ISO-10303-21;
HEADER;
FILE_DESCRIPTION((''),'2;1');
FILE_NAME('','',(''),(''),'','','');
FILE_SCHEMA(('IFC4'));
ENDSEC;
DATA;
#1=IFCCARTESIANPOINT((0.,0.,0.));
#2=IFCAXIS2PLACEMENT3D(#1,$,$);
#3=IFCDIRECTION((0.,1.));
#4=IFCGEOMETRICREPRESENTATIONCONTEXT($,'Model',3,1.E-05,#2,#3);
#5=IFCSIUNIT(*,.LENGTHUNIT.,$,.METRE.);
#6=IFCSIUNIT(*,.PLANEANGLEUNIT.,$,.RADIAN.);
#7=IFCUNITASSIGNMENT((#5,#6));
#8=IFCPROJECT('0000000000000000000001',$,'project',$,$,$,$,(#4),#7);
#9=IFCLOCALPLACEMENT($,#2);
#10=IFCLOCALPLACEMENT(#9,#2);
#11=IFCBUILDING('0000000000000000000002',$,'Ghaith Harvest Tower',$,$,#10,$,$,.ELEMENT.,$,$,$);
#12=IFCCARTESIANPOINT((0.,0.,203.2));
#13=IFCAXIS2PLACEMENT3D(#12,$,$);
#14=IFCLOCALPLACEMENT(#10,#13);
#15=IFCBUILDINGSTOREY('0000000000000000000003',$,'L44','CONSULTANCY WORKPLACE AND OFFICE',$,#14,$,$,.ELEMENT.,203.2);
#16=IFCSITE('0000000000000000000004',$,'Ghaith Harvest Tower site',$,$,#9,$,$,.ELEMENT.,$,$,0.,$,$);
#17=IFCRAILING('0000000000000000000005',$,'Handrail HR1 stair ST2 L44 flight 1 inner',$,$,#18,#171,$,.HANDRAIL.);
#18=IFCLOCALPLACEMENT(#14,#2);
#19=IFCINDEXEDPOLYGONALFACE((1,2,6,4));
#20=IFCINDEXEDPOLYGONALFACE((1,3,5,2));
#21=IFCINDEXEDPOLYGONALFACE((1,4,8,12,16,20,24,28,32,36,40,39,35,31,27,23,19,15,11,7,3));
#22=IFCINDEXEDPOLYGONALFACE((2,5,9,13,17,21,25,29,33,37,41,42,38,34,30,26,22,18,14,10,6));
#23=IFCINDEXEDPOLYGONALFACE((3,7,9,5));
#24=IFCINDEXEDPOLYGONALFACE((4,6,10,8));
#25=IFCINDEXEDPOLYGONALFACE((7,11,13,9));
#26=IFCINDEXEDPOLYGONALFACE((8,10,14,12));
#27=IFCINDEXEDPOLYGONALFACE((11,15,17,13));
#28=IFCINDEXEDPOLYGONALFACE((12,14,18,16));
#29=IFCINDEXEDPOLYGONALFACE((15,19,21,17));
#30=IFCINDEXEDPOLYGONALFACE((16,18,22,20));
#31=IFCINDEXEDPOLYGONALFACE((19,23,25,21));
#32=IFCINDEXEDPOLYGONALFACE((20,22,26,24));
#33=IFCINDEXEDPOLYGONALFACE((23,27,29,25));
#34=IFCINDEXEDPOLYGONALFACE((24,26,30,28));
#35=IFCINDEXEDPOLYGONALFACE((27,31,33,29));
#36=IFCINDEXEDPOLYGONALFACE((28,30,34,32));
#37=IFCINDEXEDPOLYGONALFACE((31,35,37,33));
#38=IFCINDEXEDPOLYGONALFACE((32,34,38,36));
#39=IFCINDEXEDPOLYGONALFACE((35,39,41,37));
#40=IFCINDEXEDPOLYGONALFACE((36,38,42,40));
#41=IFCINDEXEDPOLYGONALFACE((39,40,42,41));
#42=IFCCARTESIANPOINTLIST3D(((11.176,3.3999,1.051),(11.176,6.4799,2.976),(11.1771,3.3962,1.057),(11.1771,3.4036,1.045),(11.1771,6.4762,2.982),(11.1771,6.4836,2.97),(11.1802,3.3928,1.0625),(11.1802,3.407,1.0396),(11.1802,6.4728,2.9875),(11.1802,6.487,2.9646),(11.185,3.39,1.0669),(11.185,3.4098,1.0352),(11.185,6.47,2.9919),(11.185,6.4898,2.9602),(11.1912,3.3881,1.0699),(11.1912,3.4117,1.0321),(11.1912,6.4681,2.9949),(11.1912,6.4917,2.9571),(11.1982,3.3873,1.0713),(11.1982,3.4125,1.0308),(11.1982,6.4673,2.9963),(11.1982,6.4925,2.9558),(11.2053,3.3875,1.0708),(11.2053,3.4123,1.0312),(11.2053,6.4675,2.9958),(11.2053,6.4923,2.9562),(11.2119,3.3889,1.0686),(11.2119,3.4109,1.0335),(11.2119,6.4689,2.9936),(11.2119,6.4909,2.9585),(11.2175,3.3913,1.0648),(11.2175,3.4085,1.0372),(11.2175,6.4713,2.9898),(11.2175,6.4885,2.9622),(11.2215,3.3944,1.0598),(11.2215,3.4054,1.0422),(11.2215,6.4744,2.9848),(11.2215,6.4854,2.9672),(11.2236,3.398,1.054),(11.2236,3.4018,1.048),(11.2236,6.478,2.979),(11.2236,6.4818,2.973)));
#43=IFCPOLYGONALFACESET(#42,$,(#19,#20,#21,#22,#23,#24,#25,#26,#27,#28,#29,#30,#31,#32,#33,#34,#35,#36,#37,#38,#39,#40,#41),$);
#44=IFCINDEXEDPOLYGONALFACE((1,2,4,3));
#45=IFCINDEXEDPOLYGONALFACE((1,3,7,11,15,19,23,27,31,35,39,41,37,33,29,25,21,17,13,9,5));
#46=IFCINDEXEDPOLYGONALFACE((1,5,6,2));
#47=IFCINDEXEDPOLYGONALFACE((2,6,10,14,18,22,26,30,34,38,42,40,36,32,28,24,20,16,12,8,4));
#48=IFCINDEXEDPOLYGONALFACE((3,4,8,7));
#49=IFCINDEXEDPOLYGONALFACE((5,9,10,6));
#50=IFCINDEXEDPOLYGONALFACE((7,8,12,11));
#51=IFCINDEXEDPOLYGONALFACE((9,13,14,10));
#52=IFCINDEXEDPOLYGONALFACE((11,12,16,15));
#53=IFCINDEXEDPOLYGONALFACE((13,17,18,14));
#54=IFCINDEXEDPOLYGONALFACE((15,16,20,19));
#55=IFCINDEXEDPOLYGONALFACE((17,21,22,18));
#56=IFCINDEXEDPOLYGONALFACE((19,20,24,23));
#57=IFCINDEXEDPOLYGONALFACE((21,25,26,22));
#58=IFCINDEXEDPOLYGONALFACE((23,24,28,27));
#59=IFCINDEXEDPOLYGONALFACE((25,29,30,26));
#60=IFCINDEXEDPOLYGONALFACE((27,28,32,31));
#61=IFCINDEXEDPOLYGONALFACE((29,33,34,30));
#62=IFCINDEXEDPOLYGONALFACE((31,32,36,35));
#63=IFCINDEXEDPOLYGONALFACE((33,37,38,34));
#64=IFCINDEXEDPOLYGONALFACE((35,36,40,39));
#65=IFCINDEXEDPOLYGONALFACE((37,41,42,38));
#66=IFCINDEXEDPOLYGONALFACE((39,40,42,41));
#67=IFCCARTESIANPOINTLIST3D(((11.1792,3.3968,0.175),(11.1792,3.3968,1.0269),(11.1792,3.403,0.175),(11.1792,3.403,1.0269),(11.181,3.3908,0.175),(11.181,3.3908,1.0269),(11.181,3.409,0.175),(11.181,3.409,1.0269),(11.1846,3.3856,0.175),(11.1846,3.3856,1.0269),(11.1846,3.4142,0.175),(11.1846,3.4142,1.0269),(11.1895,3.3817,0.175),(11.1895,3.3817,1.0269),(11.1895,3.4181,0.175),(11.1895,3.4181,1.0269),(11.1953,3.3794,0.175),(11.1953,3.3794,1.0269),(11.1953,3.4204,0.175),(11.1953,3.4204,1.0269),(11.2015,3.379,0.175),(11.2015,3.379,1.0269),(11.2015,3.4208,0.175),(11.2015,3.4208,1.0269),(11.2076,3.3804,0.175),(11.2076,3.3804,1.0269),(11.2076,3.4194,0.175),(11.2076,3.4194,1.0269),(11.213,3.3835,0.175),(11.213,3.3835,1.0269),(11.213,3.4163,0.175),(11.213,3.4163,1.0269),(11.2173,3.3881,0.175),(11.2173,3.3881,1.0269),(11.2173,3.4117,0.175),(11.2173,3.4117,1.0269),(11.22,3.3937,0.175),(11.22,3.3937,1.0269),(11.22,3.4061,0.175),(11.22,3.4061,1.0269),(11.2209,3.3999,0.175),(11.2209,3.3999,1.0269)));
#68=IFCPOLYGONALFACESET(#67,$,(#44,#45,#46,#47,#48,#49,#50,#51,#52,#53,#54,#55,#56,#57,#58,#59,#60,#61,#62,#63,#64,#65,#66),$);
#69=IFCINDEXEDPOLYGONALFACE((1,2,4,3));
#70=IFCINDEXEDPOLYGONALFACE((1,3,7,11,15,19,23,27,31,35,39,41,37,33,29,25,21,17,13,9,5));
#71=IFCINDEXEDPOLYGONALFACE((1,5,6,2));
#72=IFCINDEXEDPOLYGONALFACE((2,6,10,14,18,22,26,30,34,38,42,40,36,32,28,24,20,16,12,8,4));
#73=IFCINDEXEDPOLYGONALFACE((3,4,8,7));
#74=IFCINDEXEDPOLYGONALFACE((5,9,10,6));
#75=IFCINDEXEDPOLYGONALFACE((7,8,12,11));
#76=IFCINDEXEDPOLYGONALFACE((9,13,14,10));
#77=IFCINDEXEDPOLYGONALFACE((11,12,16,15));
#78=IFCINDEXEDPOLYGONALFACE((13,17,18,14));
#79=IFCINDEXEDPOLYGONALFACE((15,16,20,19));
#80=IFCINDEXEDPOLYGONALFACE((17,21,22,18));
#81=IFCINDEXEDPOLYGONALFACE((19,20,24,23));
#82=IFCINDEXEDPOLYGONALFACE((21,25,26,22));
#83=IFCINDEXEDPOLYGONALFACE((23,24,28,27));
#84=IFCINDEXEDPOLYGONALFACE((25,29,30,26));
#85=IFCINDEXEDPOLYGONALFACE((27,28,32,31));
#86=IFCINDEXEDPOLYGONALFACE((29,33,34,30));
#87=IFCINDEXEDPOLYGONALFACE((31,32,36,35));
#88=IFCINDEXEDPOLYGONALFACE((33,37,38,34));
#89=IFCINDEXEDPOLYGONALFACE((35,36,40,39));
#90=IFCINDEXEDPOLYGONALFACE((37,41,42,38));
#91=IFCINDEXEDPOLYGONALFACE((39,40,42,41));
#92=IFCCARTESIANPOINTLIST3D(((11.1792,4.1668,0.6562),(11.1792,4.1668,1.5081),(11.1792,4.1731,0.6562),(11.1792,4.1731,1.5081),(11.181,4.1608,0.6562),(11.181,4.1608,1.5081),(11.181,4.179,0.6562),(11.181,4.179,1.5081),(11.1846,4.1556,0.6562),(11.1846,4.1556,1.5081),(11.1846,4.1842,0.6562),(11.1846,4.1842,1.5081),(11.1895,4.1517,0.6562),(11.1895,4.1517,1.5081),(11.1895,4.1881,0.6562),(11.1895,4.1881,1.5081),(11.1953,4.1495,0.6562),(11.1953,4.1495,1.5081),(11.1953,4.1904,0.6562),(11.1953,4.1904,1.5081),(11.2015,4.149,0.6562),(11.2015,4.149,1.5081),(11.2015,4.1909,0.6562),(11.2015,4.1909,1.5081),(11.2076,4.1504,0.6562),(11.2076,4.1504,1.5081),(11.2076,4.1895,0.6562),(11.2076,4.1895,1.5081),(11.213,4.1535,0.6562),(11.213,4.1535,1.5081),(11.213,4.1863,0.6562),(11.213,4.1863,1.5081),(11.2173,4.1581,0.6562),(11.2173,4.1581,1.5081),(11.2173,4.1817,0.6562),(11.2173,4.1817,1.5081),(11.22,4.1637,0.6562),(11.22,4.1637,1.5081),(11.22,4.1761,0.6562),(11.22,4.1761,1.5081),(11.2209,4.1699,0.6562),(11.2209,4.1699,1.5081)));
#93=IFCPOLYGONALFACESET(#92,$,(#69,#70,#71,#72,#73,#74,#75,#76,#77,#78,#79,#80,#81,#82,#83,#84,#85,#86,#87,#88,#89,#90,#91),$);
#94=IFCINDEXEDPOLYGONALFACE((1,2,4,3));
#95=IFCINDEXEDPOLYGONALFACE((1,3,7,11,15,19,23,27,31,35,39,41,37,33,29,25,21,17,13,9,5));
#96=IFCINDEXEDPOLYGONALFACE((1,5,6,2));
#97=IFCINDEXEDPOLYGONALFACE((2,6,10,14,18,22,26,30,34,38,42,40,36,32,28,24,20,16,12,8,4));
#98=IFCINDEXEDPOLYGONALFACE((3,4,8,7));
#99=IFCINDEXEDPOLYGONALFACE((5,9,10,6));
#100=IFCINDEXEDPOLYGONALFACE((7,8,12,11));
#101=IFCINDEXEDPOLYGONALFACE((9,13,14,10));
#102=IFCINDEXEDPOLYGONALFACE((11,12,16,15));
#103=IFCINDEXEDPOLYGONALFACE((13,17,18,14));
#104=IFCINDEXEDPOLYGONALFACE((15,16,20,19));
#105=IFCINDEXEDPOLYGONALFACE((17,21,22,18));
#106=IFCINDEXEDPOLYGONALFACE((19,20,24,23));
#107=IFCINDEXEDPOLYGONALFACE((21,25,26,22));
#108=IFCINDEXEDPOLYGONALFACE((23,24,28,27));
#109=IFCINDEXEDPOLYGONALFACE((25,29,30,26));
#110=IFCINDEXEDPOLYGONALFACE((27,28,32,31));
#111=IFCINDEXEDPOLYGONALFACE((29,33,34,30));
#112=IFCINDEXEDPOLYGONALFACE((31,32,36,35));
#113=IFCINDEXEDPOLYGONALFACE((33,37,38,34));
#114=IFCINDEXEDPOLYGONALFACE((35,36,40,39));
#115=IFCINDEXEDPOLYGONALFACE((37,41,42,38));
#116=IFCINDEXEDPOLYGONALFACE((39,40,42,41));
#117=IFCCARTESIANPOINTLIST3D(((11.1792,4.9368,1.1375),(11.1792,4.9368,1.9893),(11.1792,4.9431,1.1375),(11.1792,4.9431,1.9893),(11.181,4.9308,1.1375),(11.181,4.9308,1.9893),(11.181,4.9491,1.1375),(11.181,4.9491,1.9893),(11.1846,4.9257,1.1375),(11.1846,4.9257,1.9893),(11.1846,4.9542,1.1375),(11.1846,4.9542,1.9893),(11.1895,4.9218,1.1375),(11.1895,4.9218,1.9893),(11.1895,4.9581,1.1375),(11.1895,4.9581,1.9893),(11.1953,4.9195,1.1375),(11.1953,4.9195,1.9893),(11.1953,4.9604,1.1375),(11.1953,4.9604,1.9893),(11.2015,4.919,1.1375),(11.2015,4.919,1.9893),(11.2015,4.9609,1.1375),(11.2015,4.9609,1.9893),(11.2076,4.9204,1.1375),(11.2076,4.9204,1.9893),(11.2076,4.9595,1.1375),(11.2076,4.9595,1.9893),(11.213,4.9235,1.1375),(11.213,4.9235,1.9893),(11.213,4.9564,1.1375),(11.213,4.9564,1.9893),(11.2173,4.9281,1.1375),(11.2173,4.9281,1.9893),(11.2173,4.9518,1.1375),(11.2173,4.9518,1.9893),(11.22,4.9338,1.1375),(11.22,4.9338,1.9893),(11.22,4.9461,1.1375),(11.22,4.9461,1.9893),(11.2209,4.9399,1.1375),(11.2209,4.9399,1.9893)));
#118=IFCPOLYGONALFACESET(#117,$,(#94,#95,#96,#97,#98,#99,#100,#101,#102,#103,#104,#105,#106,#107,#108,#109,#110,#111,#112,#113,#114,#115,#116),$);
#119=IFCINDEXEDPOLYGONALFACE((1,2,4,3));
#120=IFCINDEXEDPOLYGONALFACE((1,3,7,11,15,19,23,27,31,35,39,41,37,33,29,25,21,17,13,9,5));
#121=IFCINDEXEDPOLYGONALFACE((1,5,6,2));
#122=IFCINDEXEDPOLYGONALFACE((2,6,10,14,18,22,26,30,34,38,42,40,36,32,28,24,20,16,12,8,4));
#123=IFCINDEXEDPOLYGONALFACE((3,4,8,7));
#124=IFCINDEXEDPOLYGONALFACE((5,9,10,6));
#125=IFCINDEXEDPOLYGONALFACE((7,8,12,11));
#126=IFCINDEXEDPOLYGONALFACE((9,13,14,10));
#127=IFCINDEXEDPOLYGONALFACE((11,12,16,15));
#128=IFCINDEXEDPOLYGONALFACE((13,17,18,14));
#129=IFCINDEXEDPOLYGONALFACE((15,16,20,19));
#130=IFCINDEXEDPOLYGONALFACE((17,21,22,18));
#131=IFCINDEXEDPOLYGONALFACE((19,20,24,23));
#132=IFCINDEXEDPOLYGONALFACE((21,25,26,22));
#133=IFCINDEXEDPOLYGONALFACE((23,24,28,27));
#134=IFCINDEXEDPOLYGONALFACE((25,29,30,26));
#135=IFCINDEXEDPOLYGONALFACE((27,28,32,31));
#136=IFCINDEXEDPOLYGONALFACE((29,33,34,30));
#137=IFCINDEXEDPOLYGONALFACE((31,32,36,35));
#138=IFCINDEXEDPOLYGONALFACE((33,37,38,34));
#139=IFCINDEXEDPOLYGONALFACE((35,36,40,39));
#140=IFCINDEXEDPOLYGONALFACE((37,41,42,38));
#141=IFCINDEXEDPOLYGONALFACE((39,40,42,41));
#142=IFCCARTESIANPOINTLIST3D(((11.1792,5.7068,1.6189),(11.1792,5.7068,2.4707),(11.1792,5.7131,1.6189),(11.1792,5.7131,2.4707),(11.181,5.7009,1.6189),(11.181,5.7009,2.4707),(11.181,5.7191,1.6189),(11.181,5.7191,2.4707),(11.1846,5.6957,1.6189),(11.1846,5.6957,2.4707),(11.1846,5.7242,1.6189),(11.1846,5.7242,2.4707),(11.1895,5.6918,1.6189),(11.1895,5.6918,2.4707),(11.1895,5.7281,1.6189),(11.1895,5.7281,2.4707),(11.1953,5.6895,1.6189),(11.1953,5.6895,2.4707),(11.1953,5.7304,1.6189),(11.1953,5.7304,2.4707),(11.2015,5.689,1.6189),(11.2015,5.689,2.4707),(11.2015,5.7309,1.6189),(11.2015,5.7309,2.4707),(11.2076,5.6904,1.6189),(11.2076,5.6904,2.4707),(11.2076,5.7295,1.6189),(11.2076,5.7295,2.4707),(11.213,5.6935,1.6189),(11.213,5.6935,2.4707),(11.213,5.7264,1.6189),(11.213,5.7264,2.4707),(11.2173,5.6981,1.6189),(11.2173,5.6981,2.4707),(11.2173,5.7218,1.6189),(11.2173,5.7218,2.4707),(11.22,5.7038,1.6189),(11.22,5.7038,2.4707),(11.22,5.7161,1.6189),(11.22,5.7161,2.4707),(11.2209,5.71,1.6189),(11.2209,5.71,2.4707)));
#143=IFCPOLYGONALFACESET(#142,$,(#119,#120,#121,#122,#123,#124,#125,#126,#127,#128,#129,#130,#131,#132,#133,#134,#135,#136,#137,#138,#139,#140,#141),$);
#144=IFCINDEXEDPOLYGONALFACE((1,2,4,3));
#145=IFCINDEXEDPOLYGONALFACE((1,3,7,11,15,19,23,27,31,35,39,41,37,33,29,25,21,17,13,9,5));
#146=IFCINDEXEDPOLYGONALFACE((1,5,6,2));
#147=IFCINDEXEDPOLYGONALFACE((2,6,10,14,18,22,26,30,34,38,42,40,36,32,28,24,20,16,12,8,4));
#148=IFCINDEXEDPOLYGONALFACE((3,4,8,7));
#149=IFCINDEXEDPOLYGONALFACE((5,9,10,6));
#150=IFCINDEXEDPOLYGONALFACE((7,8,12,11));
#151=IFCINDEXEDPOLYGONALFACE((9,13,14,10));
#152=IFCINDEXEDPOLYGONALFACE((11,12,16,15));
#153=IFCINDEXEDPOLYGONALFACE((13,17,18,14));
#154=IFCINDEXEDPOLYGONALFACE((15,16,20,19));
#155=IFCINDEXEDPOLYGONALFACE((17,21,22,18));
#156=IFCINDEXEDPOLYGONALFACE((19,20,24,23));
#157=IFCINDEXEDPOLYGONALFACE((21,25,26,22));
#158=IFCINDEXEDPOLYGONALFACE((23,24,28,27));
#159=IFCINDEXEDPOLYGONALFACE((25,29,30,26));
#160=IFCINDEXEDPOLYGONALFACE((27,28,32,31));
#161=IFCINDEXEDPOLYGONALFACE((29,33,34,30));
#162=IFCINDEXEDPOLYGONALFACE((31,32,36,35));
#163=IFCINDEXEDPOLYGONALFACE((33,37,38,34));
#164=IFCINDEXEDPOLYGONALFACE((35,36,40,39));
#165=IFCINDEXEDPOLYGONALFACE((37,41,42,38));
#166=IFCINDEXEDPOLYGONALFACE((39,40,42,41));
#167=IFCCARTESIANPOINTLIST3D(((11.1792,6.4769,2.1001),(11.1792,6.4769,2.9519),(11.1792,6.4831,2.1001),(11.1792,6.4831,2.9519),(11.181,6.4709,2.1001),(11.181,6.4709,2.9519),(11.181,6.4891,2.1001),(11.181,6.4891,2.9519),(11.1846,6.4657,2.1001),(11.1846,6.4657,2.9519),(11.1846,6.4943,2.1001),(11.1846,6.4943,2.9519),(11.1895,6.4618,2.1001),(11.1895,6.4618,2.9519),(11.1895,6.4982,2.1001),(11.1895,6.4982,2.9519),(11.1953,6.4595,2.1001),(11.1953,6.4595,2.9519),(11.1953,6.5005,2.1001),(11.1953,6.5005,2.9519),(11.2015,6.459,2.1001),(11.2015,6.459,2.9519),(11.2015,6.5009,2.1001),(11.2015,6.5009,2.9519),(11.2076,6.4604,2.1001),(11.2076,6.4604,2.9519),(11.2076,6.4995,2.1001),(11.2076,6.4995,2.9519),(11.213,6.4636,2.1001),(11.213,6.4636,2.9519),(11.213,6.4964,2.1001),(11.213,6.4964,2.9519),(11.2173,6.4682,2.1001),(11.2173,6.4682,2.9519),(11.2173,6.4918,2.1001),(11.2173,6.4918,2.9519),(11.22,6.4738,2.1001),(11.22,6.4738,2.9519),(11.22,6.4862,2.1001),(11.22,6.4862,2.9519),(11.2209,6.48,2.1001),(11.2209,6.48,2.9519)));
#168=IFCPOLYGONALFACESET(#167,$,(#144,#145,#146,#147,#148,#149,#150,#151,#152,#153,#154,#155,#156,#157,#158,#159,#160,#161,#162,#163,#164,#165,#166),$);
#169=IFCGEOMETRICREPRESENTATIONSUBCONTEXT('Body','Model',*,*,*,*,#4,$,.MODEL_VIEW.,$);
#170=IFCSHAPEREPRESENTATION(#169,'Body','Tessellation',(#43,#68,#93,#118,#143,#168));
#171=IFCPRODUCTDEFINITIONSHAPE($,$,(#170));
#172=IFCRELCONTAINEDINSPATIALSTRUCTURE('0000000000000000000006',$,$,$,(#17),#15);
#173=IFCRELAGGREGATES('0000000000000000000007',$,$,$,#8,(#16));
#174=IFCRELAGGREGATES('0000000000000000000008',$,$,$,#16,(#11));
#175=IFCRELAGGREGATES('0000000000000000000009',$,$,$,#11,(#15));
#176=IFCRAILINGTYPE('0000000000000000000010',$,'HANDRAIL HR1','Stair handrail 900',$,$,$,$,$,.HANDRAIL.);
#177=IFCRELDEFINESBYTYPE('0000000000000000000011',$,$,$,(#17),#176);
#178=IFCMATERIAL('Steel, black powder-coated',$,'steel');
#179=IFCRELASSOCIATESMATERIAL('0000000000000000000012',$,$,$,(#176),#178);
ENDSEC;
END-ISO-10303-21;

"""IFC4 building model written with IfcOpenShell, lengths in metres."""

from ifc_helpers import new_model, si_unit, direction, frame, origin, origin_2d, place, context, subcontext, project, spatial, circle, extrude, material, type_object, element, save


model = new_model("IFC4")

# Units and contexts
model_context = context("Model", 3, precision=1e-05, world=origin(), true_north=direction((0.0, 1.0)))
body_context = subcontext(model_context, "Body", "Model", "MODEL_VIEW")
ifc_project = project(units=[si_unit("LENGTHUNIT", "METRE"), si_unit("PLANEANGLEUNIT", "RADIAN")], contexts=[model_context])

# Site, building, storey
site_placement = place(None, origin())
site = spatial("IfcSite", under=ifc_project, at=site_placement, Name="Ghaith Harvest Tower site", CompositionType="ELEMENT", RefElevation=0.0)
building_placement = place(site_placement, origin())
building = spatial("IfcBuilding", under=site, at=building_placement, Name="Ghaith Harvest Tower", CompositionType="ELEMENT")
storey_placement = place(building_placement, frame((0.0, 0.0, 203.2)))
storey = spatial("IfcBuildingStorey", under=building, at=storey_placement, Name="L44", Description="CONSULTANCY WORKPLACE AND OFFICE", CompositionType="ELEMENT", Elevation=203.2)

# Railing
ifc_material_1 = material(Name="Steel, black powder-coated", Category="steel")
railing_type = type_object("IfcRailingType", Name="HANDRAIL HR1", Description="Stair handrail 900", PredefinedType="HANDRAIL", material=ifc_material_1)
railing_1_placement = place(storey_placement, frame((11.2, 3.3999, 0.175)))
element("IfcRailing", 1, at=railing_1_placement, inside=storey, type_object=railing_type, Name="Handrail HR1 stair ST2 L44 flight 1 inner", PredefinedType="HANDRAIL", context=body_context, shape_type="SweptSolid", body=[
    extrude(circle(Radius=0.0239, at=origin_2d()), frame((0.0, 0.0, 0.876), z_axis=(0.0, 0.847998, 0.529999), x_axis=(-1.0, 0.0, 0.0)), (0.0, 0.0, 1.0), 3.6321),
    extrude(circle(Radius=0.021, at=origin_2d()), origin(), (0.0, 0.0, 1.0), 0.8518),
    extrude(circle(Radius=0.021, at=origin_2d()), frame((0.0, 0.77, 0.4812)), (0.0, 0.0, 1.0), 0.8518),
    extrude(circle(Radius=0.021, at=origin_2d()), frame((0.0, 1.54, 0.9624)), (0.0, 0.0, 1.0), 0.8518),
    extrude(circle(Radius=0.021, at=origin_2d()), frame((0.0, 2.3101, 1.4438)), (0.0, 0.0, 1.0), 0.8518),
    extrude(circle(Radius=0.021, at=origin_2d()), frame((0.0, 3.0801, 1.925)), (0.0, 0.0, 1.0), 0.8518),
])

save(model, "model.ifc")
